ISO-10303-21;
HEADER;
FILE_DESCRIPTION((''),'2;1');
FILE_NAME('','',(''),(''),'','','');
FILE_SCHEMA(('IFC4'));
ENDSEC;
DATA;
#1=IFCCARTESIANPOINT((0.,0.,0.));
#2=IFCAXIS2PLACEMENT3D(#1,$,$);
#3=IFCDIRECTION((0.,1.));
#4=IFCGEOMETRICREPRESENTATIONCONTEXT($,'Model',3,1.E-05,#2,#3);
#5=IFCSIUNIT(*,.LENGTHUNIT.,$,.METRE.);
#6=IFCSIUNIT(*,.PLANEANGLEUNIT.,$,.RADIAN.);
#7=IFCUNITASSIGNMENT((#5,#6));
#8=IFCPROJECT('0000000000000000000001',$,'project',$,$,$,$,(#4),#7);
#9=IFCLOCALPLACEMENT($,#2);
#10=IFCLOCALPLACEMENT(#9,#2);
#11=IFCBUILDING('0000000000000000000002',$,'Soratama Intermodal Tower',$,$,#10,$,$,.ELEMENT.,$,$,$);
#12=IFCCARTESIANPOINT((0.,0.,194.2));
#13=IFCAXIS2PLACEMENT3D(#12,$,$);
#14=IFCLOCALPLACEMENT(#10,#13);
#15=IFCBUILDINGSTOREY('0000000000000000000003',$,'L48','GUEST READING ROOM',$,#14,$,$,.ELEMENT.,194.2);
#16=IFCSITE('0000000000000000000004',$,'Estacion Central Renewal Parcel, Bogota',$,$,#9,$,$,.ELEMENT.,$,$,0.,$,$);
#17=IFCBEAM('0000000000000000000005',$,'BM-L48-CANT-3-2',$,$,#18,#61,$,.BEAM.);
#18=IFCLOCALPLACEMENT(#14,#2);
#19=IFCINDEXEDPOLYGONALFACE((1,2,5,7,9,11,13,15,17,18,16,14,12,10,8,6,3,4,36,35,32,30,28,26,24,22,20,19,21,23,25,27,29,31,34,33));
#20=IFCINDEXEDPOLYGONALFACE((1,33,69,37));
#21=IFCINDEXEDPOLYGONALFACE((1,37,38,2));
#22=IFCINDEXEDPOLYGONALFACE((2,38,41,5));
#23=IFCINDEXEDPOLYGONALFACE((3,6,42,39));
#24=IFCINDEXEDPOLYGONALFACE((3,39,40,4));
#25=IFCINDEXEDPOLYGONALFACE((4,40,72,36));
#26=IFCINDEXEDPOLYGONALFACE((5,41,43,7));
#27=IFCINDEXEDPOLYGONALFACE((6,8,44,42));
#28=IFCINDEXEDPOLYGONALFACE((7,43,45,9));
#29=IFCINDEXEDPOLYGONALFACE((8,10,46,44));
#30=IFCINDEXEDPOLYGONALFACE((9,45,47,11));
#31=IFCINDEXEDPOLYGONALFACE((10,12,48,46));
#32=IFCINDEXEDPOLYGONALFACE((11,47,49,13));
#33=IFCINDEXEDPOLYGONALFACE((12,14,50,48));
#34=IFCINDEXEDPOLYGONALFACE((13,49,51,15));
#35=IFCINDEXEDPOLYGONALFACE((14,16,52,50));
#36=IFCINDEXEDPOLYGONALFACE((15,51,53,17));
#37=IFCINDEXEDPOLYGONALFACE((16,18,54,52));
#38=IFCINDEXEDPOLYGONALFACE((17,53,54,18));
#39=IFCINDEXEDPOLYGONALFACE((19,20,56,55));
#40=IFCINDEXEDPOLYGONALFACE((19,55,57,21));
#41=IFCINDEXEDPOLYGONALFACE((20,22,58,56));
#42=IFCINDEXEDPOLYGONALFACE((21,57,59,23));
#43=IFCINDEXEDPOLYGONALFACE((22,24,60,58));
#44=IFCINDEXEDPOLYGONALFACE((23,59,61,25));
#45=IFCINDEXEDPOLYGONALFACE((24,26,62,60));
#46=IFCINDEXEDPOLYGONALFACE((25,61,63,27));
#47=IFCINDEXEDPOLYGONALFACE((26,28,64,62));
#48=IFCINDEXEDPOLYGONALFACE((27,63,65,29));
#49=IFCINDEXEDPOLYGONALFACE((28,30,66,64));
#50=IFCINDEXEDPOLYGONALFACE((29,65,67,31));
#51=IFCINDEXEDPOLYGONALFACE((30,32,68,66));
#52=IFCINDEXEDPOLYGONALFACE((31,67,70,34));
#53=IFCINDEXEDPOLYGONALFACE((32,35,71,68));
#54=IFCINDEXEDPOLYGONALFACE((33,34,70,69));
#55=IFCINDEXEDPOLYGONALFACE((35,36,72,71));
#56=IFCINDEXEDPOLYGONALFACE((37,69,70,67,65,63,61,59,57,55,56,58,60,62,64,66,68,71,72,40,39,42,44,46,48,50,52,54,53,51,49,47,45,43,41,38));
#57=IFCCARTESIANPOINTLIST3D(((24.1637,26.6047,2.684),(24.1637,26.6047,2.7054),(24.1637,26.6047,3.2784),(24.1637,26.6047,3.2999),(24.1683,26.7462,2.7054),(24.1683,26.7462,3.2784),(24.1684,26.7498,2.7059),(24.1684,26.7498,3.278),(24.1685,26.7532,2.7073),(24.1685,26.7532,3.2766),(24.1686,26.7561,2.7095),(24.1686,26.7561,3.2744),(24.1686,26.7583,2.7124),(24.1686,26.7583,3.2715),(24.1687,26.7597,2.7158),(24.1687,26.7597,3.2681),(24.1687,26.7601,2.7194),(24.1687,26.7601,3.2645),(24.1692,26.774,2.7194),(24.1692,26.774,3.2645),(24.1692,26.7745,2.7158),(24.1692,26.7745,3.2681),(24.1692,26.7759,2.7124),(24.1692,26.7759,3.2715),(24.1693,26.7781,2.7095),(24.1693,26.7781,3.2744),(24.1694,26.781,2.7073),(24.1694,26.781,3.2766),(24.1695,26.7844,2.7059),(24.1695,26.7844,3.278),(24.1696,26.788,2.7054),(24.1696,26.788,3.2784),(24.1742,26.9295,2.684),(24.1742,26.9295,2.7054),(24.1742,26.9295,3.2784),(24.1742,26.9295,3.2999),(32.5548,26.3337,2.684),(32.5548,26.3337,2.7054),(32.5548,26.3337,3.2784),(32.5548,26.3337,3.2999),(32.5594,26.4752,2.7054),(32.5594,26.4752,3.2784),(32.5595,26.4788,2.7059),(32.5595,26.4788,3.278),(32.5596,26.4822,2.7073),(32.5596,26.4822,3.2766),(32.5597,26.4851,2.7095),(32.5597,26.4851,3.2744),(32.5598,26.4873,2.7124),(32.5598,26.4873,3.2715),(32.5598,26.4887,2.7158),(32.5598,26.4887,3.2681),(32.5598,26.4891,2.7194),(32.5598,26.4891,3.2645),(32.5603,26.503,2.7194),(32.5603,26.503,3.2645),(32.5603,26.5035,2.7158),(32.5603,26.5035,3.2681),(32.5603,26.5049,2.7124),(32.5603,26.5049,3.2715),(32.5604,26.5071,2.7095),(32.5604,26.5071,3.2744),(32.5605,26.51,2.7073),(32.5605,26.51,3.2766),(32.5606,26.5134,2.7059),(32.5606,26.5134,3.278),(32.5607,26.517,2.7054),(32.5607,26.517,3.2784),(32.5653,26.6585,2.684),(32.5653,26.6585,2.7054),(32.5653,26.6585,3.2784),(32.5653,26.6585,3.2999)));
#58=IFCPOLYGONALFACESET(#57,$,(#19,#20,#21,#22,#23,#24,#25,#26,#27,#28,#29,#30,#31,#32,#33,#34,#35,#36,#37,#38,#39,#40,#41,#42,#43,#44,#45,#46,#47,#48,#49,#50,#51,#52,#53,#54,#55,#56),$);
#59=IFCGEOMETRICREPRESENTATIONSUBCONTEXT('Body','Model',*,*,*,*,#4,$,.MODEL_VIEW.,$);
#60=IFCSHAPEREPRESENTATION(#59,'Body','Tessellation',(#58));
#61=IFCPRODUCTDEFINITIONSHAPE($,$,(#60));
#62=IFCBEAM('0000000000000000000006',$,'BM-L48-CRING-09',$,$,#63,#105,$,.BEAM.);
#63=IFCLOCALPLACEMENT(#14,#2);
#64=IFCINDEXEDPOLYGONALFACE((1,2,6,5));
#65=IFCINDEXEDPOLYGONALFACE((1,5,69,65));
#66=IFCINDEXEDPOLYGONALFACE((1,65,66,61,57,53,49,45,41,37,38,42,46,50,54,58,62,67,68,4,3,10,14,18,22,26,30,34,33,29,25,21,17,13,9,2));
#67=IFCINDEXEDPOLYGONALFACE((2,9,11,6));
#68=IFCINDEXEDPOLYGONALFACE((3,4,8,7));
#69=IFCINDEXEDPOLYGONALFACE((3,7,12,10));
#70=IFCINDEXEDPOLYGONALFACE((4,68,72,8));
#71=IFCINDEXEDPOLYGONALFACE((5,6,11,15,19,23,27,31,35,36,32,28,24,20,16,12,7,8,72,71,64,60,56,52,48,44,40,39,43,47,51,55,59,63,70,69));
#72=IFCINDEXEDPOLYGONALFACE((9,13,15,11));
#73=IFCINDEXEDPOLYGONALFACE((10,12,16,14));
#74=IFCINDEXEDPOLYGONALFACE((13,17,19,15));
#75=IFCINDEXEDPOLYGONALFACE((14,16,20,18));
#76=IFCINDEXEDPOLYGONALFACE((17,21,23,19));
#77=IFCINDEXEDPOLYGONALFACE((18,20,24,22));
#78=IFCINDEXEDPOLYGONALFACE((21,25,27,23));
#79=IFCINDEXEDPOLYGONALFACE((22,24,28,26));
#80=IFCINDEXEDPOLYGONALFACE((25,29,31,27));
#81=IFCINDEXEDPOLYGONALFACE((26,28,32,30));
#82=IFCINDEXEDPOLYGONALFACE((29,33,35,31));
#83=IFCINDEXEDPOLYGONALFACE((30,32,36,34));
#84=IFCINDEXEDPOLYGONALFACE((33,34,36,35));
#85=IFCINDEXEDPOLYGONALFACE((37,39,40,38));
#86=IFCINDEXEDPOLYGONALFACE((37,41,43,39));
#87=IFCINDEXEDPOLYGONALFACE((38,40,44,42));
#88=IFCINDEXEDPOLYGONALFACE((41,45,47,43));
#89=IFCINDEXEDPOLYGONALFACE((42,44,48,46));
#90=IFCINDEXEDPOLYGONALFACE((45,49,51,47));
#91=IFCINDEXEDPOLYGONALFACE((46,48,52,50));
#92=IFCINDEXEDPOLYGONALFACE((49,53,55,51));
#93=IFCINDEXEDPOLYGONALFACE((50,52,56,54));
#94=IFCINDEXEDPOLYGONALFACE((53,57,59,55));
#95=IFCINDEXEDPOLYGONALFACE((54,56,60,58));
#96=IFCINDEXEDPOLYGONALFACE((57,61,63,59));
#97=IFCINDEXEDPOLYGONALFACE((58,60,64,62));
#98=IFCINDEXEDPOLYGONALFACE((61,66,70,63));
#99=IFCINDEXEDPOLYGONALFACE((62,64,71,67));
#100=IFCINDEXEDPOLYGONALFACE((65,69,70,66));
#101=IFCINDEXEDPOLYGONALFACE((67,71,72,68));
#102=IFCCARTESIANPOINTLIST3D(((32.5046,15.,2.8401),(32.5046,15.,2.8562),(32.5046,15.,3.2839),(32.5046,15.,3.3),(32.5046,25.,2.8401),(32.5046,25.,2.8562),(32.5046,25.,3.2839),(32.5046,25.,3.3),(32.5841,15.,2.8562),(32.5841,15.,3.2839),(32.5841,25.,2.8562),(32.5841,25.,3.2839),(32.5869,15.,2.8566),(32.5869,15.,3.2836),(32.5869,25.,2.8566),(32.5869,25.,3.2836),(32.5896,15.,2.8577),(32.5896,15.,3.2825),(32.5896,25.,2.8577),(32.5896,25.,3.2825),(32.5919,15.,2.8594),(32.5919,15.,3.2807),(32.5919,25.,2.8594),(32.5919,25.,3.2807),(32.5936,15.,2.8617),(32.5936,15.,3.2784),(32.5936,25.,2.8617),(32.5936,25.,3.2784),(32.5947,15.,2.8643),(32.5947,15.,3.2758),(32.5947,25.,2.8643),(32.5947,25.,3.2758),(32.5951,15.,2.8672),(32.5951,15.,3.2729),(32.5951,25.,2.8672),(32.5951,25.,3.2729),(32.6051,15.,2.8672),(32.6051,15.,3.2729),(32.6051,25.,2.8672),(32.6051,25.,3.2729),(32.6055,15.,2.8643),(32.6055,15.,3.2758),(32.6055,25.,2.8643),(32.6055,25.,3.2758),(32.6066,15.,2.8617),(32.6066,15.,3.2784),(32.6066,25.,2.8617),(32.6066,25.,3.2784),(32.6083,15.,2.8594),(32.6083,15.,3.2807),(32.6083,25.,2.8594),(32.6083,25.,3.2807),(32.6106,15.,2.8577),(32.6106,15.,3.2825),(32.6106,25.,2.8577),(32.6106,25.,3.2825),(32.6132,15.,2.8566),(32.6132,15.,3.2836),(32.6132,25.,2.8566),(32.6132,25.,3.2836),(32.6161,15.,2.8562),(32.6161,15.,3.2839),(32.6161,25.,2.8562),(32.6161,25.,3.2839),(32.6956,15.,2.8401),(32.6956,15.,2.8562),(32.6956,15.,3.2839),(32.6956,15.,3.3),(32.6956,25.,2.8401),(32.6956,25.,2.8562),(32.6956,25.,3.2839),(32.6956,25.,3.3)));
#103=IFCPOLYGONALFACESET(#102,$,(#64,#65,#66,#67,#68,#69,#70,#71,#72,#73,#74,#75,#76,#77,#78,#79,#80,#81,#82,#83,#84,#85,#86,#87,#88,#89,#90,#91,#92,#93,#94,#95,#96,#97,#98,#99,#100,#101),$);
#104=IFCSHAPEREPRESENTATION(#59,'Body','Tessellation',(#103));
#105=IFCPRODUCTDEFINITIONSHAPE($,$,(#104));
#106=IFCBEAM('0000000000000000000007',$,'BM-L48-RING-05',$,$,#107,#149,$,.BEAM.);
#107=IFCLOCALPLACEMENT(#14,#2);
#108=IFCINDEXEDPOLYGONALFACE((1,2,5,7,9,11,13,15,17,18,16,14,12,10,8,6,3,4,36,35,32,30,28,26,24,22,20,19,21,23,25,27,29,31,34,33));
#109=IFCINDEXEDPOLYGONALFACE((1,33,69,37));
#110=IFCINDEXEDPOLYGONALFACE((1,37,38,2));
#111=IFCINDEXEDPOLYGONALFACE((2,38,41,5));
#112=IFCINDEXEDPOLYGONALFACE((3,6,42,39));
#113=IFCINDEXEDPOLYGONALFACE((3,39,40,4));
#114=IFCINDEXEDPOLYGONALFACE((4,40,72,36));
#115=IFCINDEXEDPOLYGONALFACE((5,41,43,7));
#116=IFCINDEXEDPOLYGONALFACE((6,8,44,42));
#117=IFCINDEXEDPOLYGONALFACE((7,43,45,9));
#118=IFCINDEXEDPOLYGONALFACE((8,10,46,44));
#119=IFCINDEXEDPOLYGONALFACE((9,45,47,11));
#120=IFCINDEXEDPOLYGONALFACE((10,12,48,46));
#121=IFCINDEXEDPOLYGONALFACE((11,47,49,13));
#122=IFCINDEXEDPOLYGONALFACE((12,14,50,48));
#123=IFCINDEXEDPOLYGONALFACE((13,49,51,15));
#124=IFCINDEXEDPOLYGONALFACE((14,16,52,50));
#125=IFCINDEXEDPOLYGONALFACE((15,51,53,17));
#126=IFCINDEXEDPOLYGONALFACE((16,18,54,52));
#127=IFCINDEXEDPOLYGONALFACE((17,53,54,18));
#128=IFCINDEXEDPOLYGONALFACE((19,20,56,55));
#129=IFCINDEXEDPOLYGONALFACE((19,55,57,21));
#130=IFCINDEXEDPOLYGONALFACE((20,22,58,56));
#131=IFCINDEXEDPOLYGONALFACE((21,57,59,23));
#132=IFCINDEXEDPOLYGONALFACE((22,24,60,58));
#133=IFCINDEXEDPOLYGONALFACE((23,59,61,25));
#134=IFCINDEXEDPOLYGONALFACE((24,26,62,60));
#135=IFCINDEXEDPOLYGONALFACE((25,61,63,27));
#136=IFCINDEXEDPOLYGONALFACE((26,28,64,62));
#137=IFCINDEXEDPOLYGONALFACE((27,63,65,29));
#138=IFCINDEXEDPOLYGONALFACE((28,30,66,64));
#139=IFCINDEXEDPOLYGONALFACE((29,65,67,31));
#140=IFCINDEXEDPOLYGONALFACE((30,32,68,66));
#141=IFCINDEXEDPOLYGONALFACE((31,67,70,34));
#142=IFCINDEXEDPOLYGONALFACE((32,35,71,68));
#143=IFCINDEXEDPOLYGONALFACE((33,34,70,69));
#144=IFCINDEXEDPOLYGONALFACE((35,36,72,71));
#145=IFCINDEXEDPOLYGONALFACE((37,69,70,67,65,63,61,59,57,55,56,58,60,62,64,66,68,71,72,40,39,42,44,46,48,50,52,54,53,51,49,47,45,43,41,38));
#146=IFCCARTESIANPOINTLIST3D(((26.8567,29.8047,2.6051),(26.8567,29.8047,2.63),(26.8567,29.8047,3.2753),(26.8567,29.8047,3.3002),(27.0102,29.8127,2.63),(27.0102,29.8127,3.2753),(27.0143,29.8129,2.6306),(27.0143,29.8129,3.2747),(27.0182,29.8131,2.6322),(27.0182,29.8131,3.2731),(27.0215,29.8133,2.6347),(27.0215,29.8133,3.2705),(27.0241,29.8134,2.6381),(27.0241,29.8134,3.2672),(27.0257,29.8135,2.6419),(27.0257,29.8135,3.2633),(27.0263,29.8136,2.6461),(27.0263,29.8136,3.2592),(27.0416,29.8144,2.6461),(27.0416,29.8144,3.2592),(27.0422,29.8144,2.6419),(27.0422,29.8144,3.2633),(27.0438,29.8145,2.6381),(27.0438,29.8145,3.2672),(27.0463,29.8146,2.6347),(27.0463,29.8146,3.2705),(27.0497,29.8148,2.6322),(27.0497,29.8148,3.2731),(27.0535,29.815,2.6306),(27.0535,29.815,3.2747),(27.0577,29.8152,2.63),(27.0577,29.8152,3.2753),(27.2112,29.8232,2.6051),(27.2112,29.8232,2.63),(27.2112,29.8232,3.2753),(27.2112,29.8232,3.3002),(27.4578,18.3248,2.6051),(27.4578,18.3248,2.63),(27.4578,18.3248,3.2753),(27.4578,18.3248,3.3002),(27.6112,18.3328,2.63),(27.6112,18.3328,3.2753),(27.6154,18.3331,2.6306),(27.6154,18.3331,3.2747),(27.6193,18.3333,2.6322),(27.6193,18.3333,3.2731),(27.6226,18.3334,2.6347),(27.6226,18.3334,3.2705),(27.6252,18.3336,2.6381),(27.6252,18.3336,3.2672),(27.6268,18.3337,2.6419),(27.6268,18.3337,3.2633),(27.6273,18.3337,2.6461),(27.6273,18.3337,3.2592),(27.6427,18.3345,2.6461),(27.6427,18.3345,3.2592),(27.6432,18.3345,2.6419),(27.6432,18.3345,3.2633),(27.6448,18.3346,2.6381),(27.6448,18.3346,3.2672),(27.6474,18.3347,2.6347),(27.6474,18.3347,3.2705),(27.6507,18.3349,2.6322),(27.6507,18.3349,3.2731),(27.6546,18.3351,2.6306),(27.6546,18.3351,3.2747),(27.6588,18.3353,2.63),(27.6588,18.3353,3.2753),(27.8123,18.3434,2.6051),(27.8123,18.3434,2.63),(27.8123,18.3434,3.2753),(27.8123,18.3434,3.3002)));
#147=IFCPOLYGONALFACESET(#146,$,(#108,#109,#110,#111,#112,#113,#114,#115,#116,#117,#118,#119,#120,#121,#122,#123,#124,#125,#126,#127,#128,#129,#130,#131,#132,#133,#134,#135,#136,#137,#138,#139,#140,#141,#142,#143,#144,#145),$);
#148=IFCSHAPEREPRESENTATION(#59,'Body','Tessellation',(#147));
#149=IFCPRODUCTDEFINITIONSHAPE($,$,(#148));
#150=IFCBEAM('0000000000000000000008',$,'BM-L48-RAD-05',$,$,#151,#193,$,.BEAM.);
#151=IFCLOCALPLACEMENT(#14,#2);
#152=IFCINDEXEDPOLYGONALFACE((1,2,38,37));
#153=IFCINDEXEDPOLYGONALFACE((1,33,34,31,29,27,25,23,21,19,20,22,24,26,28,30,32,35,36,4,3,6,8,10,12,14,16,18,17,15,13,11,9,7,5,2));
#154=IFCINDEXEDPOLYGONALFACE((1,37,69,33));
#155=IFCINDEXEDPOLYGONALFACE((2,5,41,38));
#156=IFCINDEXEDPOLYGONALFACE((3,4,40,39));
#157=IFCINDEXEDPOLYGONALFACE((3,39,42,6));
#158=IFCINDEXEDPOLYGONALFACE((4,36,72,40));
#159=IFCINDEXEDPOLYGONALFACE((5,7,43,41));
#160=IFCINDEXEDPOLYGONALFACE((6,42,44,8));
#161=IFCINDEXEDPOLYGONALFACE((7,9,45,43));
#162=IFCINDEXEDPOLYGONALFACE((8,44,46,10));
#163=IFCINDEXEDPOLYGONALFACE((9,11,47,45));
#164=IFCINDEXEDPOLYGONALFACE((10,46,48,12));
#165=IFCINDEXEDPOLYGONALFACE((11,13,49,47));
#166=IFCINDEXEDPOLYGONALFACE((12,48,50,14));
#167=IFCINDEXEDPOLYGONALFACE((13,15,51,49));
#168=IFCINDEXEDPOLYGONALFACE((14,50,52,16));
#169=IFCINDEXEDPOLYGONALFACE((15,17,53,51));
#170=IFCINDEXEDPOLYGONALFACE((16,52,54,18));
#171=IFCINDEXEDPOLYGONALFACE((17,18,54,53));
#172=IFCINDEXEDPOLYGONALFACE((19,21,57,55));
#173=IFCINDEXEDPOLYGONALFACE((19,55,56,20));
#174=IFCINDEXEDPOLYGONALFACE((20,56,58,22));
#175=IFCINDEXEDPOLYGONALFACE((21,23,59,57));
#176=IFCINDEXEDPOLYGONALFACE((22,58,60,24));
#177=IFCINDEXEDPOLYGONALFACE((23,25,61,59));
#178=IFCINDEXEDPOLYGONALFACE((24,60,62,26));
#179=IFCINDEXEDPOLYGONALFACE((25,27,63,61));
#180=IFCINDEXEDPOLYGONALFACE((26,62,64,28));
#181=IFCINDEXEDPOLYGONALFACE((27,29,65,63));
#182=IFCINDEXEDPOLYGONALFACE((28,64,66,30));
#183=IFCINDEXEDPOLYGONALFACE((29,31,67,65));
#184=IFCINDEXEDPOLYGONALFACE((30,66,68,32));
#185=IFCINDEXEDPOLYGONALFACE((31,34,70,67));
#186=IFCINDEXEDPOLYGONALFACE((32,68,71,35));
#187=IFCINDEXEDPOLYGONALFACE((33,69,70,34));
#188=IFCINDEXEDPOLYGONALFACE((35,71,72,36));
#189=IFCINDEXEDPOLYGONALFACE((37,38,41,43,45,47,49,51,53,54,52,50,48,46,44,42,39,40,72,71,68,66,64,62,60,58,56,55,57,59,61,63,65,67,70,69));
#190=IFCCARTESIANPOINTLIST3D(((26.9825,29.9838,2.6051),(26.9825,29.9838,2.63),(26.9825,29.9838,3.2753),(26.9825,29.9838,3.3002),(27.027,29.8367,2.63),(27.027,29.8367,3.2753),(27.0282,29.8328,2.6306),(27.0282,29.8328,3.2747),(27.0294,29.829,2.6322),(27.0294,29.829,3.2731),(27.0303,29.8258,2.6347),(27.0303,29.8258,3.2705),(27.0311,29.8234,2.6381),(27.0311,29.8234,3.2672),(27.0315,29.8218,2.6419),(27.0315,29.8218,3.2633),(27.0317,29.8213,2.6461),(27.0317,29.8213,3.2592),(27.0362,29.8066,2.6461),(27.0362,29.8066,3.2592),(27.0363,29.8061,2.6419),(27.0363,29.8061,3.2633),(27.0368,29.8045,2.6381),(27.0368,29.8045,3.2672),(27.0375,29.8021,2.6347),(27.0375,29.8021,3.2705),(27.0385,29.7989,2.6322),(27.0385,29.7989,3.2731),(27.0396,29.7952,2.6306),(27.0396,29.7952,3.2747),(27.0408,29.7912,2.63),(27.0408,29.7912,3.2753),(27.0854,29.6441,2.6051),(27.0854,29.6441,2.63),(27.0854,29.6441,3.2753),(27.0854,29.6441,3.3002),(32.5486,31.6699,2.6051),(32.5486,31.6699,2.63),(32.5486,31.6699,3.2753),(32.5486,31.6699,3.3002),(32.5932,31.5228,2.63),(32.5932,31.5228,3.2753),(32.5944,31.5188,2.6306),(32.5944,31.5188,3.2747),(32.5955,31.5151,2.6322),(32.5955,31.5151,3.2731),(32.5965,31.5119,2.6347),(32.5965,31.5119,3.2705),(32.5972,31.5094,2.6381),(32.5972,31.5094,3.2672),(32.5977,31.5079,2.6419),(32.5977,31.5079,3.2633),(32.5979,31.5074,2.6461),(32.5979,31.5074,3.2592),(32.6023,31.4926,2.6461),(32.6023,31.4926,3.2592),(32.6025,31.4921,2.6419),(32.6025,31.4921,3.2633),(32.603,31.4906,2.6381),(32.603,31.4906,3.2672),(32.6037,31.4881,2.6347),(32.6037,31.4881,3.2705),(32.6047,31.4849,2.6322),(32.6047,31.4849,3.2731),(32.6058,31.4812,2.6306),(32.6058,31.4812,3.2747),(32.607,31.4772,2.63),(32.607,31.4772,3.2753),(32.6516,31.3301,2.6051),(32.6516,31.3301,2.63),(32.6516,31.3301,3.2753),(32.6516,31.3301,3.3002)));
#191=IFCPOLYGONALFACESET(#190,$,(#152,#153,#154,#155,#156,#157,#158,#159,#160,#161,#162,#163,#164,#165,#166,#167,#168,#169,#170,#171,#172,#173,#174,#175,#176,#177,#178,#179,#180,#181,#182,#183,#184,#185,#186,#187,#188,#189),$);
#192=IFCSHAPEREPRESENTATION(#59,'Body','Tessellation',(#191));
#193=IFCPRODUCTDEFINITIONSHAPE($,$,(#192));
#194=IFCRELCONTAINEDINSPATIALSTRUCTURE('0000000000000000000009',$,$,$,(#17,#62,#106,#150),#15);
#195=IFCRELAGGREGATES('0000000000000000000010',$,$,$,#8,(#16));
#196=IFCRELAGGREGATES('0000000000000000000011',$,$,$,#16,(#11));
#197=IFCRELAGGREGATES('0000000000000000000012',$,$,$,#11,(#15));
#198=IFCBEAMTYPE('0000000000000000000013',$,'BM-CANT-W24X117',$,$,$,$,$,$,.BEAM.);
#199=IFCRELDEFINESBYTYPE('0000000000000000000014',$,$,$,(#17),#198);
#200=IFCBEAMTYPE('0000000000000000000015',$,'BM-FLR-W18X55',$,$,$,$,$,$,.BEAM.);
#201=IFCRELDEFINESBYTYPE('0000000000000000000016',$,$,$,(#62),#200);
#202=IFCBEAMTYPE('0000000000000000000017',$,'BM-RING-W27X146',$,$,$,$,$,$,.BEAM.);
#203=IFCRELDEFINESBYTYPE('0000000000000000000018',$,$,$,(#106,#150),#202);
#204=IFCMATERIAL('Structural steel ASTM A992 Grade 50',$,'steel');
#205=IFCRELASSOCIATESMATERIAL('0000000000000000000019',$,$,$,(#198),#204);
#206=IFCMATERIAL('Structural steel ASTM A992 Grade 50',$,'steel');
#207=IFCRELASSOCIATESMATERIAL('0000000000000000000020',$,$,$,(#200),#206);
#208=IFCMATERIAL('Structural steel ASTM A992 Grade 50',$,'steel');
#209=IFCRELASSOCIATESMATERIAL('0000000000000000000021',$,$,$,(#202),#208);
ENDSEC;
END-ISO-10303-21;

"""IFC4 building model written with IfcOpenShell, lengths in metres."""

from ifc_helpers import new_model, si_unit, direction, frame, origin, origin_2d, place, context, subcontext, project, spatial, i_section, extrude, material, material_profile, profile_set, type_object, element, save


model = new_model("IFC4")

# Units and contexts
model_context = context("Model", 3, precision=1e-05, world=origin(), true_north=direction((0.0, 1.0)))
body_context = subcontext(model_context, "Body", "Model", "MODEL_VIEW")
ifc_project = project(units=[si_unit("LENGTHUNIT", "METRE"), si_unit("PLANEANGLEUNIT", "RADIAN")], contexts=[model_context])

# Site, building, storey
site_placement = place(None, origin())
site = spatial("IfcSite", under=ifc_project, at=site_placement, Name="Estacion Central Renewal Parcel, Bogota", CompositionType="ELEMENT", RefElevation=0.0)
building_placement = place(site_placement, origin())
building = spatial("IfcBuilding", under=site, at=building_placement, Name="Soratama Intermodal Tower", CompositionType="ELEMENT")
storey_placement = place(building_placement, frame((0.0, 0.0, 194.2)))
storey = spatial("IfcBuildingStorey", under=building, at=storey_placement, Name="L48", Description="GUEST READING ROOM", CompositionType="ELEMENT", Elevation=194.2)

# Beams
ifc_material_1 = material(Name="Structural steel ASTM A992 Grade 50", Category="steel")
ifc_material_profile_1 = material_profile(ifc_material_1, i_section(OverallWidth=0.325, OverallDepth=0.616, WebThickness=0.0139, FlangeThickness=0.0215, FilletRadius=0.0139, at=origin_2d()), Name="W24X117")
ifc_profile_set_1 = profile_set([ifc_material_profile_1], Name="Structural steel ASTM A992 Grade 50")
beam_type_1 = type_object("IfcBeamType", Name="BM-CANT-W24X117", PredefinedType="BEAM", material=ifc_profile_set_1)
beam_1_placement = place(storey_placement, frame((32.5601, 26.4961, 2.9919), z_axis=(-0.999479, 0.032279, 0.0), x_axis=(-0.032279, -0.999479, 0.0)))
element("IfcBeam", 1, at=beam_1_placement, inside=storey, type_object=beam_type_1, Name="BM-L48-CANT-3-2", PredefinedType="BEAM", context=body_context, shape_type="SweptSolid", body=[
    extrude(i_section(OverallWidth=0.325, OverallDepth=0.616, WebThickness=0.0139, FlangeThickness=0.0215, FilletRadius=0.0139, at=origin_2d()), origin(), (0.0, 0.0, 1.0), 8.3955),
])
ifc_material_2 = material(Name="Structural steel ASTM A992 Grade 50", Category="steel")
ifc_material_profile_2 = material_profile(ifc_material_2, i_section(OverallWidth=0.1909, OverallDepth=0.46, WebThickness=0.01, FlangeThickness=0.0161, FilletRadius=0.011, at=origin_2d()), Name="W18X55")
ifc_profile_set_2 = profile_set([ifc_material_profile_2], Name="Structural steel ASTM A992 Grade 50")
beam_type_2 = type_object("IfcBeamType", Name="BM-FLR-W18X55", PredefinedType="BEAM", material=ifc_profile_set_2)
beam_2_placement = place(storey_placement, frame((32.6001, 25.0, 3.0701), z_axis=(0.0, -1.0, 0.0), x_axis=(1.0, 0.0, 0.0)))
element("IfcBeam", 2, at=beam_2_placement, inside=storey, type_object=beam_type_2, Name="BM-L48-CRING-09", PredefinedType="BEAM", context=body_context, shape_type="SweptSolid", body=[
    extrude(i_section(OverallWidth=0.1909, OverallDepth=0.46, WebThickness=0.01, FlangeThickness=0.0161, FilletRadius=0.011, at=origin_2d()), origin(), (0.0, 0.0, 1.0), 10.0),
])
ifc_material_3 = material(Name="Structural steel ASTM A992 Grade 50", Category="steel")
ifc_material_profile_3 = material_profile(ifc_material_3, i_section(OverallWidth=0.355, OverallDepth=0.6951, WebThickness=0.0154, FlangeThickness=0.0249, FilletRadius=0.0161, at=origin_2d()), Name="W27X146")
ifc_profile_set_3 = profile_set([ifc_material_profile_3], Name="Structural steel ASTM A992 Grade 50")
beam_type_3 = type_object("IfcBeamType", Name="BM-RING-W27X146", PredefinedType="BEAM", material=ifc_profile_set_3)
beam_3_placement = place(storey_placement, frame((27.0339, 29.814, 2.9526), z_axis=(0.052287, -0.998632, 0.0), x_axis=(0.998632, 0.052287, 0.0)))
element("IfcBeam", 3, at=beam_3_placement, inside=storey, type_object=beam_type_3, Name="BM-L48-RING-05", PredefinedType="BEAM", context=body_context, shape_type="SweptSolid", body=[
    extrude(i_section(OverallWidth=0.355, OverallDepth=0.6951, WebThickness=0.0154, FlangeThickness=0.0249, FilletRadius=0.0161, at=origin_2d()), origin(), (0.0, 0.0, 1.0), 11.4956),
])
beam_4_placement = place(storey_placement, frame((32.6001, 31.5, 2.9526), z_axis=(-0.957057, -0.2899, 0.0), x_axis=(0.2899, -0.957057, 0.0)))
element("IfcBeam", 4, at=beam_4_placement, inside=storey, type_object=beam_type_3, Name="BM-L48-RAD-05", PredefinedType="BEAM", context=body_context, shape_type="SweptSolid", body=[
    extrude(i_section(OverallWidth=0.355, OverallDepth=0.6951, WebThickness=0.0154, FlangeThickness=0.0249, FilletRadius=0.0161, at=origin_2d()), origin(), (0.0, 0.0, 1.0), 5.8159),
])

save(model, "model.ifc")
